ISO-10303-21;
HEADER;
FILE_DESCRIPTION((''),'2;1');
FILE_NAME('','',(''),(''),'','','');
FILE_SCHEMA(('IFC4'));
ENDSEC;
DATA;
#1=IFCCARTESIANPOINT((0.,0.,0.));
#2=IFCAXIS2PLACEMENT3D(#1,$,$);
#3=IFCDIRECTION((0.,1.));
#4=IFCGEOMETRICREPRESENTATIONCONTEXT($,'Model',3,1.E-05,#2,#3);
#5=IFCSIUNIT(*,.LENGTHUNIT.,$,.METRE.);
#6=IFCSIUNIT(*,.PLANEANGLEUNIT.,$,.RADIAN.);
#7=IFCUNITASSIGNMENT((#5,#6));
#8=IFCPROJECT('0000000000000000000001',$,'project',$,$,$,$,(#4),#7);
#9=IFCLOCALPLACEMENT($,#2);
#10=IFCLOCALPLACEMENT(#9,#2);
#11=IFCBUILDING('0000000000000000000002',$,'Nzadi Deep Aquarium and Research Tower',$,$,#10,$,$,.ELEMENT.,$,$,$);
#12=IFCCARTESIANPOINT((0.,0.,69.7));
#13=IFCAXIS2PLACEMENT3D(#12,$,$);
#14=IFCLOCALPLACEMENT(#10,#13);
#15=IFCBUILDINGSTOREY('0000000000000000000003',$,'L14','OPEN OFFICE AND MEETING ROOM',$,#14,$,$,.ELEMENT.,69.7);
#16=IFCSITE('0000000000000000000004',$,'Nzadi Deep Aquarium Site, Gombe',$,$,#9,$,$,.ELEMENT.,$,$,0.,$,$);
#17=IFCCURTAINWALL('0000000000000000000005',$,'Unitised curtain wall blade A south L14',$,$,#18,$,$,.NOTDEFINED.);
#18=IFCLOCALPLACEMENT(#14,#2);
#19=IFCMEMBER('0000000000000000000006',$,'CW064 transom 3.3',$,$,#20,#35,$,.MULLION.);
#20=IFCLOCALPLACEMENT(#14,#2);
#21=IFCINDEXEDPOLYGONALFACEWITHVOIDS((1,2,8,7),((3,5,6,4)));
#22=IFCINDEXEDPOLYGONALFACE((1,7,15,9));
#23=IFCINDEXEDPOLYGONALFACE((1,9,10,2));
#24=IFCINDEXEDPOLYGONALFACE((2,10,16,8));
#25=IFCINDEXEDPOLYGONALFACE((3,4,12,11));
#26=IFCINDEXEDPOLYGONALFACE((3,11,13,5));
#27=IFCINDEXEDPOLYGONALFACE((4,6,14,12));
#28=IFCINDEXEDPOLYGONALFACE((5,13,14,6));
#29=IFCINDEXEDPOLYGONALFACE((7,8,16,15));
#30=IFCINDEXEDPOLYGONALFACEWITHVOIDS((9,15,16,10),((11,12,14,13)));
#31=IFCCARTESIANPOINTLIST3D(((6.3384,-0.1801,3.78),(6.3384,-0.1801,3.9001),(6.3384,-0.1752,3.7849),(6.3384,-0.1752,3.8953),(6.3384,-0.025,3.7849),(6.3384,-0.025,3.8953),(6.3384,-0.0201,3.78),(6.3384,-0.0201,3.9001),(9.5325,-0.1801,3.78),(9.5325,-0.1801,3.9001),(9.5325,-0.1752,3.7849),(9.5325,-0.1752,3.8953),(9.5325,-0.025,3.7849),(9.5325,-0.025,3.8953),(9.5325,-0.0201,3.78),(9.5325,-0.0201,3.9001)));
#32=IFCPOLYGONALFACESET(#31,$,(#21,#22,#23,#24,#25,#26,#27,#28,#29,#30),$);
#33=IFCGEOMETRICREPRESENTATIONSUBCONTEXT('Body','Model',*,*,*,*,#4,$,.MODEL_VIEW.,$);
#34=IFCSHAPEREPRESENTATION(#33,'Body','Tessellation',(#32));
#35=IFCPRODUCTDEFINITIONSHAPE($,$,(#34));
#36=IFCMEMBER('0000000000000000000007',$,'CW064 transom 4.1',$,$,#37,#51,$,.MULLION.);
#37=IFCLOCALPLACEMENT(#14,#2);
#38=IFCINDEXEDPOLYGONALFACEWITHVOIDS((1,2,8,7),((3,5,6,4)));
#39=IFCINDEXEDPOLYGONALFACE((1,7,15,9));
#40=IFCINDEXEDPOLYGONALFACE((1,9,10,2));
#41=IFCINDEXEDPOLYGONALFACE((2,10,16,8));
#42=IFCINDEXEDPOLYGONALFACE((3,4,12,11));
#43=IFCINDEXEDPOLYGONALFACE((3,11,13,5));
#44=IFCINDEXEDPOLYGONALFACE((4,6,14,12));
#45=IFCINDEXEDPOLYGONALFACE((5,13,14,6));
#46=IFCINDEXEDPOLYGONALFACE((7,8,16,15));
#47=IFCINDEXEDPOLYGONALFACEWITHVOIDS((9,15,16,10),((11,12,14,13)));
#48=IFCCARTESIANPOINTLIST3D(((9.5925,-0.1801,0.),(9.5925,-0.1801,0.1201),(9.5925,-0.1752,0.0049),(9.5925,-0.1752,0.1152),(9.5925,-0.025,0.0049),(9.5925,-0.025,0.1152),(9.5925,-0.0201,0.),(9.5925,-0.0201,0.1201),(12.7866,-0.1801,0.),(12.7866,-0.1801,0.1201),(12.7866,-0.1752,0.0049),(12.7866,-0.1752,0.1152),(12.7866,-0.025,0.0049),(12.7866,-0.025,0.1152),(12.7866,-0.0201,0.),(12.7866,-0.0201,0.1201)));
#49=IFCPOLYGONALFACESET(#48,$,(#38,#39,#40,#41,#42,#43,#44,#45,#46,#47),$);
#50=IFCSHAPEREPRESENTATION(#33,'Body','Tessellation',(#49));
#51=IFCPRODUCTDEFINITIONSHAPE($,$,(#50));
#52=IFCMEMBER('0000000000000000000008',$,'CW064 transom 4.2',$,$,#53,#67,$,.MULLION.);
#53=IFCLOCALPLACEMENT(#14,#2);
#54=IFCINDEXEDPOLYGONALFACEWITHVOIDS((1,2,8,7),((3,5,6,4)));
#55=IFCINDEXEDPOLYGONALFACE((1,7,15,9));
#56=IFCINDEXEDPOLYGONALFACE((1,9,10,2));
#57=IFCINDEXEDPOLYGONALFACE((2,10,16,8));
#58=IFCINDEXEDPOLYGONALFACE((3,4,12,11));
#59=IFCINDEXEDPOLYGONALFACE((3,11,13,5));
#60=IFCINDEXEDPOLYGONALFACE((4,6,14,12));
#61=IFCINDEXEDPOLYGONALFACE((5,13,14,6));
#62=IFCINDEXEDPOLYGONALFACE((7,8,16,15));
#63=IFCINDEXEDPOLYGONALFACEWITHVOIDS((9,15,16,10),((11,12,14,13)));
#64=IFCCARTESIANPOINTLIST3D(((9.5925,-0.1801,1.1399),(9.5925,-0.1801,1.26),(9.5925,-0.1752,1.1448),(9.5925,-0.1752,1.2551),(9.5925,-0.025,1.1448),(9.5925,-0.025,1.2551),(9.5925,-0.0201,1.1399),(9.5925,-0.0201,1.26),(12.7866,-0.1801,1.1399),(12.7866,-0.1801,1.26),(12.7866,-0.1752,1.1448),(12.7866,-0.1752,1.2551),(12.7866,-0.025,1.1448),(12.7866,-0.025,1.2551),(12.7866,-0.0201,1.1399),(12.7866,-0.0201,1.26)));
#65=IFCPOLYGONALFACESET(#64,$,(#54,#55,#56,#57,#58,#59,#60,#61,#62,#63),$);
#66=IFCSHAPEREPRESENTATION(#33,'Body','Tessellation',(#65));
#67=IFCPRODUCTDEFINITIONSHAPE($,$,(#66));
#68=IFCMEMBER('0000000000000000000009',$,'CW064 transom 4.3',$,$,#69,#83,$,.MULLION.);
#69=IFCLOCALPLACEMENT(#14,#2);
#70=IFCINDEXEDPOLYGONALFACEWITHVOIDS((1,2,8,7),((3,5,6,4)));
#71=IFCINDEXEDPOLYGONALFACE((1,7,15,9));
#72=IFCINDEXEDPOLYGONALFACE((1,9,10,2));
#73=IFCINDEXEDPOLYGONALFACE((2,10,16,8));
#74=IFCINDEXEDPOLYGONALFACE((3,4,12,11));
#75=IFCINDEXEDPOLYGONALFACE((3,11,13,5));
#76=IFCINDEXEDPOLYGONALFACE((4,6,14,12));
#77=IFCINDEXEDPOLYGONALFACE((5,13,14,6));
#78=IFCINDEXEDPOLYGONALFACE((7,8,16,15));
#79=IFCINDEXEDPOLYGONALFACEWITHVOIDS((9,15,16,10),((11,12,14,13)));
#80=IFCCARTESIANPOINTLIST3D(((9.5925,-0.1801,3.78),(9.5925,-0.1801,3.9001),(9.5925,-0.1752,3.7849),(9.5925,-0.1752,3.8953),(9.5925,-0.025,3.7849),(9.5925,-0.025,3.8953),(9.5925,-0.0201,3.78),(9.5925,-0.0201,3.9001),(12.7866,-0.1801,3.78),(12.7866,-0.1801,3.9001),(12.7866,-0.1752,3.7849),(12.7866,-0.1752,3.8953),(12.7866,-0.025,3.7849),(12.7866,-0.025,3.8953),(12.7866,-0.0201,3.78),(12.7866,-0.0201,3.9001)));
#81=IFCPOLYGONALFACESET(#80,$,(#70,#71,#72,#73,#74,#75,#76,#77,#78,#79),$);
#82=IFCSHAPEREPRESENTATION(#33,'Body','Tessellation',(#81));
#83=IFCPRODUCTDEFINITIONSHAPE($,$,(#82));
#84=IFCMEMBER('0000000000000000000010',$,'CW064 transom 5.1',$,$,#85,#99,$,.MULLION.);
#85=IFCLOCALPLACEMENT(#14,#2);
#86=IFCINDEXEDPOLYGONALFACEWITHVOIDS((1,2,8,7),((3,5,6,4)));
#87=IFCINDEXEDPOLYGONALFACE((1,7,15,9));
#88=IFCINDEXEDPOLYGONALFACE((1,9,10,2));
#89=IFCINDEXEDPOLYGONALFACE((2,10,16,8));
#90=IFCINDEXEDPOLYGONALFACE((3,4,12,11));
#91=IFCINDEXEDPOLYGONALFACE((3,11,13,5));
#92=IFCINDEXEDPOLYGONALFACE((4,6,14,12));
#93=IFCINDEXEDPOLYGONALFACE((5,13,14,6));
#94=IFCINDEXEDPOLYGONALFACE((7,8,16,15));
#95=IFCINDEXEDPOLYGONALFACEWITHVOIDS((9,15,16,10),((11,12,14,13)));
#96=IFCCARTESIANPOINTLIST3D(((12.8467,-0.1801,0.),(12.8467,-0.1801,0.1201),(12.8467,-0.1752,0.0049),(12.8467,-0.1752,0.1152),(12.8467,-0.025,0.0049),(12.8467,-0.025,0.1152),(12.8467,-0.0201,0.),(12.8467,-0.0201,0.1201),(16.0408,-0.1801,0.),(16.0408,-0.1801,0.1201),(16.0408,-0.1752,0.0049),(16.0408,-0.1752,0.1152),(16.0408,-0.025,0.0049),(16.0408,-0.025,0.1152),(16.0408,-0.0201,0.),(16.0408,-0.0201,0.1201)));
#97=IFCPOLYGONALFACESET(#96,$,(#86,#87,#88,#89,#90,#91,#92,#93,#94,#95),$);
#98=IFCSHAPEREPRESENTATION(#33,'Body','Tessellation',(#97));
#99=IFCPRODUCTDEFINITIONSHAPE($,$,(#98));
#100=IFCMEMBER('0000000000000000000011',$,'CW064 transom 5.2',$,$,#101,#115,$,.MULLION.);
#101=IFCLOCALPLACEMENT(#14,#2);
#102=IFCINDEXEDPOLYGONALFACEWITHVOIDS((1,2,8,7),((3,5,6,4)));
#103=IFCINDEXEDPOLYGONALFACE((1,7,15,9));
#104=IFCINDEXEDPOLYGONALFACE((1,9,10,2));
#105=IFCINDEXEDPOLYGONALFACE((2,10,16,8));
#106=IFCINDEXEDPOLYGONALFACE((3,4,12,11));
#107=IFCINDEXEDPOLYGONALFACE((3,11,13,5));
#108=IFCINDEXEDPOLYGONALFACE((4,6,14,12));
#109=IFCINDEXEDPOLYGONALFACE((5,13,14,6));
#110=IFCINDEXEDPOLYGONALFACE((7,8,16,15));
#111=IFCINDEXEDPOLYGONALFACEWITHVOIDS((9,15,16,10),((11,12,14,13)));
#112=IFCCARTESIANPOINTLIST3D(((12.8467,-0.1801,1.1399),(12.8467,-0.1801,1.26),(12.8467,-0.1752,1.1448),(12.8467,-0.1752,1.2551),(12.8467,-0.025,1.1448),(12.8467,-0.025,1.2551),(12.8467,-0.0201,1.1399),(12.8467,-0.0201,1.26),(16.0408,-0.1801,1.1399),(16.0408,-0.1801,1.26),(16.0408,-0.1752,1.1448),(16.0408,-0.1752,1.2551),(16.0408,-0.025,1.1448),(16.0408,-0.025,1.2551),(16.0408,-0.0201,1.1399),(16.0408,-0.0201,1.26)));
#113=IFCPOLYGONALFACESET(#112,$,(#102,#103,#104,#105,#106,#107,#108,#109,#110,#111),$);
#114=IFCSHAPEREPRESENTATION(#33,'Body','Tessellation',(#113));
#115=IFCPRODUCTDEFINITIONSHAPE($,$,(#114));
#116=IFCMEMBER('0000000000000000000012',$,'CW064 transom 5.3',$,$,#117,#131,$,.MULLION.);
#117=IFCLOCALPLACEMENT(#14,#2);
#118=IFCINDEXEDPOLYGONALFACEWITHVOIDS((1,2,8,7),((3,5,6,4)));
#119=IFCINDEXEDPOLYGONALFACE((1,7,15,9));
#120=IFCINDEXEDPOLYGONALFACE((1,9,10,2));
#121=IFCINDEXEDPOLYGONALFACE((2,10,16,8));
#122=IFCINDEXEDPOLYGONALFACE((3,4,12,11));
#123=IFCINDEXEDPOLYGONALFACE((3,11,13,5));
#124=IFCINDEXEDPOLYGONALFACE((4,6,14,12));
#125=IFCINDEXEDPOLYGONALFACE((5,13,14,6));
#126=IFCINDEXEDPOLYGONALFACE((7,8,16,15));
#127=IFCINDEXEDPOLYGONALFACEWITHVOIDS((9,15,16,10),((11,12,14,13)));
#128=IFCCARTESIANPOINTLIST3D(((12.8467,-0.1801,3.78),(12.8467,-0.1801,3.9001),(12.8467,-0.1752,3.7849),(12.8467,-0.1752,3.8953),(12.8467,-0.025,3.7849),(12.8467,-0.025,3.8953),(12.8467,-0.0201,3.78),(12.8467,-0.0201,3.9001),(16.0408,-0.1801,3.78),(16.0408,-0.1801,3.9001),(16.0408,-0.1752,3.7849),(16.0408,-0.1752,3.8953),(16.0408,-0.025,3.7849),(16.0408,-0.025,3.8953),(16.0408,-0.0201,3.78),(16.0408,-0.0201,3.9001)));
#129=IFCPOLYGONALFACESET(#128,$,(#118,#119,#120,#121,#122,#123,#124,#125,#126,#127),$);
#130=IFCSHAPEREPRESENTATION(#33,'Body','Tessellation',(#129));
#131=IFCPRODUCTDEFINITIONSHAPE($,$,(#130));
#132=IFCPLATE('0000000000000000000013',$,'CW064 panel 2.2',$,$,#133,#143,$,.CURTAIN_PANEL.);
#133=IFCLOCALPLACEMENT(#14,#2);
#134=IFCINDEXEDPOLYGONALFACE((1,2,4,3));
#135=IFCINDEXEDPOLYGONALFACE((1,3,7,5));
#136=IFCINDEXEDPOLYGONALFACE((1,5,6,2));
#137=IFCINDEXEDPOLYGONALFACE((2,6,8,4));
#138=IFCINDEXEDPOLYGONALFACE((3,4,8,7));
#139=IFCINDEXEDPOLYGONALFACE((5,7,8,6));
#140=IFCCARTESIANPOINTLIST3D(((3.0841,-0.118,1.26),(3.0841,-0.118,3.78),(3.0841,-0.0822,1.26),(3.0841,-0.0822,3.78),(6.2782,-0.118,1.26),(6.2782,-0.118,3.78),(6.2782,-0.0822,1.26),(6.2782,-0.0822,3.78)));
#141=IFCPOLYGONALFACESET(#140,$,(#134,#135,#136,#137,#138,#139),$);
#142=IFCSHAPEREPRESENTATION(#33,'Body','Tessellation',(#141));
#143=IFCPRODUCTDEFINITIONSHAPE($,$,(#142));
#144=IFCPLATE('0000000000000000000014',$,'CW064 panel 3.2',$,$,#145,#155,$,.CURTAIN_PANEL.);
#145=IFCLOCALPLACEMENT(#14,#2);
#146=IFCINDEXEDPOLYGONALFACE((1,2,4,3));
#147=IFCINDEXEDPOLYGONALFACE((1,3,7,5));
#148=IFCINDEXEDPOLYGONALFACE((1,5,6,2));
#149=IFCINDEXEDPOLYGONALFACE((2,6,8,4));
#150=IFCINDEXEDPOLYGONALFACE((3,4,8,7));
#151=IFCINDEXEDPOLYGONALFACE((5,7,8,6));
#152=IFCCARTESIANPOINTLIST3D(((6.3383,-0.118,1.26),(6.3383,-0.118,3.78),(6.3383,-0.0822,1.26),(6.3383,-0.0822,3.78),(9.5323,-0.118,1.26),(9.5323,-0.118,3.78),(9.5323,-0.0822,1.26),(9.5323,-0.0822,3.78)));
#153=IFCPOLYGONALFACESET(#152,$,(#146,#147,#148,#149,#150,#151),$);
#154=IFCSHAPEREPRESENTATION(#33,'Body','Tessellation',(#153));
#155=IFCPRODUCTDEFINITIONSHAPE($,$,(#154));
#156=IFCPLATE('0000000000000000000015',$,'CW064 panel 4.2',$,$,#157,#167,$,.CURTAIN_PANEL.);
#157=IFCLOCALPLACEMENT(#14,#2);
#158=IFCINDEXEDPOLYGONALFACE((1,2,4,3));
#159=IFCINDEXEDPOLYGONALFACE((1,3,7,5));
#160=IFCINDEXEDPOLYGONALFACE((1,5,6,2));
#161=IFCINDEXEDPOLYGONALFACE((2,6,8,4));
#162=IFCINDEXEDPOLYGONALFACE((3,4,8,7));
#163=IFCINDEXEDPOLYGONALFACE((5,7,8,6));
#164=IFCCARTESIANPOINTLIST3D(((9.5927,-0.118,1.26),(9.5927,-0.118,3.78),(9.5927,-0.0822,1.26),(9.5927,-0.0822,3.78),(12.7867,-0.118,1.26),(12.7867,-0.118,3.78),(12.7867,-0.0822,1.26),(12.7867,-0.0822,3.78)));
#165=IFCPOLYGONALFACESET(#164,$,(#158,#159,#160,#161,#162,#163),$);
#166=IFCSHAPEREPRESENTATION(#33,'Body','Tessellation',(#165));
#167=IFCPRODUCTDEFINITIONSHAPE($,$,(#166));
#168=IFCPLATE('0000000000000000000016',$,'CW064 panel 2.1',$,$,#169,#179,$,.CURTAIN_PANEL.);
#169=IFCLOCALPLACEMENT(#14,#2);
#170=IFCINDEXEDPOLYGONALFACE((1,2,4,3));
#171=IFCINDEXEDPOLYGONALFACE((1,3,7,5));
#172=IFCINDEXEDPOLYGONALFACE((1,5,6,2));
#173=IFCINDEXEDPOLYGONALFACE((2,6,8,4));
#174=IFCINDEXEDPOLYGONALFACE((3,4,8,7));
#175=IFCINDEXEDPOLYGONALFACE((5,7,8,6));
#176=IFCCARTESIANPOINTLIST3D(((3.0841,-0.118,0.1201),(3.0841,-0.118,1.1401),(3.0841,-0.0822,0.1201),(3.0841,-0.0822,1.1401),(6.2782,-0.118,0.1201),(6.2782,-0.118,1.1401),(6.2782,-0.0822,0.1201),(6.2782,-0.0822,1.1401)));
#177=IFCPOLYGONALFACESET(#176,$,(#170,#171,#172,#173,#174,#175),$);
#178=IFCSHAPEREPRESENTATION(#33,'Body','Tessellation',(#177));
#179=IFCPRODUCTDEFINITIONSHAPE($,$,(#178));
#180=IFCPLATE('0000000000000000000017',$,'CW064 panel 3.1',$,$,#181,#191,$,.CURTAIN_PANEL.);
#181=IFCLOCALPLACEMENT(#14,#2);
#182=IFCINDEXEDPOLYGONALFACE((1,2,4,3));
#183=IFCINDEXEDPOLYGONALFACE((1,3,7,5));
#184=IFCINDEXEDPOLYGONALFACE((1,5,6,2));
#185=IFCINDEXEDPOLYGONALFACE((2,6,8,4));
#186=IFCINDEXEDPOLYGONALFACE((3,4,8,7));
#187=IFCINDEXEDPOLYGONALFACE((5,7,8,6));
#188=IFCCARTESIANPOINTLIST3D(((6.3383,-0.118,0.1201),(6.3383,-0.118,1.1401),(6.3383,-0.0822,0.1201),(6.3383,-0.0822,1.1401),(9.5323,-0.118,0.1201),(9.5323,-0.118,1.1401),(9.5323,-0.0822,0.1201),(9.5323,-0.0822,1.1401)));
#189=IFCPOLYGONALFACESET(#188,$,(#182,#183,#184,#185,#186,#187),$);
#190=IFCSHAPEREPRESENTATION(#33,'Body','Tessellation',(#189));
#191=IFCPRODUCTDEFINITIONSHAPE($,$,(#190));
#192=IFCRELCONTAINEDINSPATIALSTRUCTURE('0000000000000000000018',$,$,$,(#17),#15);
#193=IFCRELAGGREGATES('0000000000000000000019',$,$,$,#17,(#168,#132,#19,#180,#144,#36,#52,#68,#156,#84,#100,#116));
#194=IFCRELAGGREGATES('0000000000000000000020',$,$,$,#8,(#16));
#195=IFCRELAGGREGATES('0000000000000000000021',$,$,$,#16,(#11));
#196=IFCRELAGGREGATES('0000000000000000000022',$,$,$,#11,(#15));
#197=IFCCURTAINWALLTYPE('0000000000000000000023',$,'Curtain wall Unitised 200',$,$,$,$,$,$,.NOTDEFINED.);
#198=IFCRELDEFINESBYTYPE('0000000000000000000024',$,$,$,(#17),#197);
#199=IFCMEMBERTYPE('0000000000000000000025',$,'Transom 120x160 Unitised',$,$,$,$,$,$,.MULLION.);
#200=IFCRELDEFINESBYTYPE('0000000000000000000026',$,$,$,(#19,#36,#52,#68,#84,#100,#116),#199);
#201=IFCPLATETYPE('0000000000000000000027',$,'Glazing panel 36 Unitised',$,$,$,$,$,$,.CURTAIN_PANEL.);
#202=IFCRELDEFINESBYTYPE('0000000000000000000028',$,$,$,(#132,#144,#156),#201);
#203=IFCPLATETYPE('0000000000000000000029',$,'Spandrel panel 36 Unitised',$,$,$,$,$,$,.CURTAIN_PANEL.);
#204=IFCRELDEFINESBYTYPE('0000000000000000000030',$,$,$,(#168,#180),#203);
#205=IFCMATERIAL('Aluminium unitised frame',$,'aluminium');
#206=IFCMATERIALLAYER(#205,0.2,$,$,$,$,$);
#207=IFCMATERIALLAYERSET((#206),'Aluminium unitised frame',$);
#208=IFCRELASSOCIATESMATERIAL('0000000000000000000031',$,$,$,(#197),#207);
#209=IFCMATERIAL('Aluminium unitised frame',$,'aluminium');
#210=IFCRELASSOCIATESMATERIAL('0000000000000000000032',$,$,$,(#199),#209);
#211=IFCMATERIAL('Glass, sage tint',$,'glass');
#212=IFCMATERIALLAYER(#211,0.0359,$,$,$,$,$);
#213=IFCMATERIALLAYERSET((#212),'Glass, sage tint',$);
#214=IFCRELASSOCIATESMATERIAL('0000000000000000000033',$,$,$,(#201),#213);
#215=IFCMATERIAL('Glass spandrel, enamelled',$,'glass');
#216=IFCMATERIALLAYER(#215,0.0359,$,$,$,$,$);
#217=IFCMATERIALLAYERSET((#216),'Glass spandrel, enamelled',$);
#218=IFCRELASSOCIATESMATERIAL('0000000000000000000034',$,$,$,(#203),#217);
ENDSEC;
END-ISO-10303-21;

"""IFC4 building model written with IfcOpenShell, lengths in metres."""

from ifc_helpers import new_model, si_unit, direction, frame, origin, origin_2d, place, context, subcontext, project, spatial, rectangle, hollow_rectangle, extrude, material, layer, layer_set, material_profile, profile_set, type_object, element, aggregate, save


model = new_model("IFC4")

# Units and contexts
model_context = context("Model", 3, precision=1e-05, world=origin(), true_north=direction((0.0, 1.0)))
body_context = subcontext(model_context, "Body", "Model", "MODEL_VIEW")
ifc_project = project(units=[si_unit("LENGTHUNIT", "METRE"), si_unit("PLANEANGLEUNIT", "RADIAN")], contexts=[model_context])

# Site, building, storey
site_placement = place(None, origin())
site = spatial("IfcSite", under=ifc_project, at=site_placement, Name="Nzadi Deep Aquarium Site, Gombe", CompositionType="ELEMENT", RefElevation=0.0)
building_placement = place(site_placement, origin())
building = spatial("IfcBuilding", under=site, at=building_placement, Name="Nzadi Deep Aquarium and Research Tower", CompositionType="ELEMENT")
storey_placement = place(building_placement, frame((0.0, 0.0, 69.7)))
storey = spatial("IfcBuildingStorey", under=building, at=storey_placement, Name="L14", Description="OPEN OFFICE AND MEETING ROOM", CompositionType="ELEMENT", Elevation=69.7)

# Curtain wall
ifc_material_1 = material(Name="Aluminium unitised frame", Category="aluminium")
ifc_layer_1 = layer(ifc_material_1, 0.2)
ifc_layer_set_1 = layer_set([ifc_layer_1], Name="Aluminium unitised frame")
curtain_wall_type = type_object("IfcCurtainWallType", Name="Curtain wall Unitised 200", PredefinedType="NOTDEFINED", material=ifc_layer_set_1)
curtain_wall_placement = place(storey_placement, origin())
curtain_wall = element("IfcCurtainWall", 1, at=curtain_wall_placement, inside=storey, type_object=curtain_wall_type, Name="Unitised curtain wall blade A south L14", PredefinedType="NOTDEFINED")

# Members
ifc_material_2 = material(Name="Aluminium unitised frame", Category="aluminium")
ifc_material_profile_1 = material_profile(ifc_material_2, hollow_rectangle(XDim=0.1599, YDim=0.1201, WallThickness=0.0049, at=origin_2d()))
ifc_profile_set_1 = profile_set([ifc_material_profile_1], Name="Aluminium unitised frame")
member_type_1 = type_object("IfcMemberType", Name="Transom 120x160 Unitised", PredefinedType="MULLION", material=ifc_profile_set_1)
member_1_placement = place(storey_placement, frame((6.3384, -0.1001, 3.8401), z_axis=(1.0, 0.0, 0.0), x_axis=(0.0, 1.0, 0.0)))
member_1 = element("IfcMember", 2, at=member_1_placement, type_object=member_type_1, Name="CW064 transom 3.3", PredefinedType="MULLION", context=body_context, shape_type="SweptSolid", body=[
    extrude(hollow_rectangle(XDim=0.1599, YDim=0.1201, WallThickness=0.0049, at=origin_2d()), origin(), (0.0, 0.0, 1.0), 3.1941),
])
member_2_placement = place(storey_placement, frame((9.5925, -0.1001, 0.0601), z_axis=(1.0, 0.0, 0.0), x_axis=(0.0, 1.0, 0.0)))
member_2 = element("IfcMember", 3, at=member_2_placement, type_object=member_type_1, Name="CW064 transom 4.1", PredefinedType="MULLION", context=body_context, shape_type="SweptSolid", body=[
    extrude(hollow_rectangle(XDim=0.1599, YDim=0.1201, WallThickness=0.0049, at=origin_2d()), origin(), (0.0, 0.0, 1.0), 3.1941),
])
member_3_placement = place(storey_placement, frame((9.5925, -0.1001, 1.2), z_axis=(1.0, 0.0, 0.0), x_axis=(0.0, 1.0, 0.0)))
member_3 = element("IfcMember", 4, at=member_3_placement, type_object=member_type_1, Name="CW064 transom 4.2", PredefinedType="MULLION", context=body_context, shape_type="SweptSolid", body=[
    extrude(hollow_rectangle(XDim=0.1599, YDim=0.1201, WallThickness=0.0049, at=origin_2d()), origin(), (0.0, 0.0, 1.0), 3.1941),
])
member_4_placement = place(storey_placement, frame((9.5925, -0.1001, 3.8401), z_axis=(1.0, 0.0, 0.0), x_axis=(0.0, 1.0, 0.0)))
member_4 = element("IfcMember", 5, at=member_4_placement, type_object=member_type_1, Name="CW064 transom 4.3", PredefinedType="MULLION", context=body_context, shape_type="SweptSolid", body=[
    extrude(hollow_rectangle(XDim=0.1599, YDim=0.1201, WallThickness=0.0049, at=origin_2d()), origin(), (0.0, 0.0, 1.0), 3.1941),
])
member_5_placement = place(storey_placement, frame((12.8467, -0.1001, 0.0601), z_axis=(1.0, 0.0, 0.0), x_axis=(0.0, 1.0, 0.0)))
member_5 = element("IfcMember", 6, at=member_5_placement, type_object=member_type_1, Name="CW064 transom 5.1", PredefinedType="MULLION", context=body_context, shape_type="SweptSolid", body=[
    extrude(hollow_rectangle(XDim=0.1599, YDim=0.1201, WallThickness=0.0049, at=origin_2d()), origin(), (0.0, 0.0, 1.0), 3.1941),
])
member_6_placement = place(storey_placement, frame((12.8467, -0.1001, 1.2), z_axis=(1.0, 0.0, 0.0), x_axis=(0.0, 1.0, 0.0)))
member_6 = element("IfcMember", 7, at=member_6_placement, type_object=member_type_1, Name="CW064 transom 5.2", PredefinedType="MULLION", context=body_context, shape_type="SweptSolid", body=[
    extrude(hollow_rectangle(XDim=0.1599, YDim=0.1201, WallThickness=0.0049, at=origin_2d()), origin(), (0.0, 0.0, 1.0), 3.1941),
])
member_7_placement = place(storey_placement, frame((12.8467, -0.1001, 3.8401), z_axis=(1.0, 0.0, 0.0), x_axis=(0.0, 1.0, 0.0)))
member_7 = element("IfcMember", 8, at=member_7_placement, type_object=member_type_1, Name="CW064 transom 5.3", PredefinedType="MULLION", context=body_context, shape_type="SweptSolid", body=[
    extrude(hollow_rectangle(XDim=0.1599, YDim=0.1201, WallThickness=0.0049, at=origin_2d()), origin(), (0.0, 0.0, 1.0), 3.1941),
])

# Plates
ifc_material_3 = material(Name="Glass, sage tint", Category="glass")
ifc_layer_2 = layer(ifc_material_3, 0.0359)
ifc_layer_set_2 = layer_set([ifc_layer_2], Name="Glass, sage tint")
plate_type_1 = type_object("IfcPlateType", Name="Glazing panel 36 Unitised", PredefinedType="CURTAIN_PANEL", material=ifc_layer_set_2)
plate_1_placement = place(storey_placement, frame((4.6812, -0.1001, 1.26), z_axis=(0.0, 0.0, 1.0), x_axis=(1.0, 0.0, 0.0)))
plate_1 = element("IfcPlate", 9, at=plate_1_placement, type_object=plate_type_1, Name="CW064 panel 2.2", PredefinedType="CURTAIN_PANEL", context=body_context, shape_type="SweptSolid", body=[
    extrude(rectangle(XDim=3.1941, YDim=0.0359, at=origin_2d()), origin(), (0.0, 0.0, 1.0), 2.52),
])
plate_2_placement = place(storey_placement, frame((7.9353, -0.1001, 1.26), z_axis=(0.0, 0.0, 1.0), x_axis=(1.0, 0.0, 0.0)))
plate_2 = element("IfcPlate", 10, at=plate_2_placement, type_object=plate_type_1, Name="CW064 panel 3.2", PredefinedType="CURTAIN_PANEL", context=body_context, shape_type="SweptSolid", body=[
    extrude(rectangle(XDim=3.1941, YDim=0.0359, at=origin_2d()), origin(), (0.0, 0.0, 1.0), 2.52),
])
plate_3_placement = place(storey_placement, frame((11.1897, -0.1001, 1.26), z_axis=(0.0, 0.0, 1.0), x_axis=(1.0, 0.0, 0.0)))
plate_3 = element("IfcPlate", 11, at=plate_3_placement, type_object=plate_type_1, Name="CW064 panel 4.2", PredefinedType="CURTAIN_PANEL", context=body_context, shape_type="SweptSolid", body=[
    extrude(rectangle(XDim=3.1941, YDim=0.0359, at=origin_2d()), origin(), (0.0, 0.0, 1.0), 2.52),
])
ifc_material_4 = material(Name="Glass spandrel, enamelled", Category="glass")
ifc_layer_3 = layer(ifc_material_4, 0.0359)
ifc_layer_set_3 = layer_set([ifc_layer_3], Name="Glass spandrel, enamelled")
plate_type_2 = type_object("IfcPlateType", Name="Spandrel panel 36 Unitised", PredefinedType="CURTAIN_PANEL", material=ifc_layer_set_3)
plate_4_placement = place(storey_placement, frame((4.6812, -0.1001, 0.1201), z_axis=(0.0, 0.0, 1.0), x_axis=(1.0, 0.0, 0.0)))
plate_4 = element("IfcPlate", 12, at=plate_4_placement, type_object=plate_type_2, Name="CW064 panel 2.1", PredefinedType="CURTAIN_PANEL", context=body_context, shape_type="SweptSolid", body=[
    extrude(rectangle(XDim=3.1941, YDim=0.0359, at=origin_2d()), origin(), (0.0, 0.0, 1.0), 1.02),
])
plate_5_placement = place(storey_placement, frame((7.9353, -0.1001, 0.1201), z_axis=(0.0, 0.0, 1.0), x_axis=(1.0, 0.0, 0.0)))
plate_5 = element("IfcPlate", 13, at=plate_5_placement, type_object=plate_type_2, Name="CW064 panel 3.1", PredefinedType="CURTAIN_PANEL", context=body_context, shape_type="SweptSolid", body=[
    extrude(rectangle(XDim=3.1941, YDim=0.0359, at=origin_2d()), origin(), (0.0, 0.0, 1.0), 1.02),
])
aggregate(curtain_wall, [plate_4, plate_1, member_1, plate_5, plate_2, member_2, member_3, member_4, plate_3, member_5, member_6, member_7])

save(model, "model.ifc")
